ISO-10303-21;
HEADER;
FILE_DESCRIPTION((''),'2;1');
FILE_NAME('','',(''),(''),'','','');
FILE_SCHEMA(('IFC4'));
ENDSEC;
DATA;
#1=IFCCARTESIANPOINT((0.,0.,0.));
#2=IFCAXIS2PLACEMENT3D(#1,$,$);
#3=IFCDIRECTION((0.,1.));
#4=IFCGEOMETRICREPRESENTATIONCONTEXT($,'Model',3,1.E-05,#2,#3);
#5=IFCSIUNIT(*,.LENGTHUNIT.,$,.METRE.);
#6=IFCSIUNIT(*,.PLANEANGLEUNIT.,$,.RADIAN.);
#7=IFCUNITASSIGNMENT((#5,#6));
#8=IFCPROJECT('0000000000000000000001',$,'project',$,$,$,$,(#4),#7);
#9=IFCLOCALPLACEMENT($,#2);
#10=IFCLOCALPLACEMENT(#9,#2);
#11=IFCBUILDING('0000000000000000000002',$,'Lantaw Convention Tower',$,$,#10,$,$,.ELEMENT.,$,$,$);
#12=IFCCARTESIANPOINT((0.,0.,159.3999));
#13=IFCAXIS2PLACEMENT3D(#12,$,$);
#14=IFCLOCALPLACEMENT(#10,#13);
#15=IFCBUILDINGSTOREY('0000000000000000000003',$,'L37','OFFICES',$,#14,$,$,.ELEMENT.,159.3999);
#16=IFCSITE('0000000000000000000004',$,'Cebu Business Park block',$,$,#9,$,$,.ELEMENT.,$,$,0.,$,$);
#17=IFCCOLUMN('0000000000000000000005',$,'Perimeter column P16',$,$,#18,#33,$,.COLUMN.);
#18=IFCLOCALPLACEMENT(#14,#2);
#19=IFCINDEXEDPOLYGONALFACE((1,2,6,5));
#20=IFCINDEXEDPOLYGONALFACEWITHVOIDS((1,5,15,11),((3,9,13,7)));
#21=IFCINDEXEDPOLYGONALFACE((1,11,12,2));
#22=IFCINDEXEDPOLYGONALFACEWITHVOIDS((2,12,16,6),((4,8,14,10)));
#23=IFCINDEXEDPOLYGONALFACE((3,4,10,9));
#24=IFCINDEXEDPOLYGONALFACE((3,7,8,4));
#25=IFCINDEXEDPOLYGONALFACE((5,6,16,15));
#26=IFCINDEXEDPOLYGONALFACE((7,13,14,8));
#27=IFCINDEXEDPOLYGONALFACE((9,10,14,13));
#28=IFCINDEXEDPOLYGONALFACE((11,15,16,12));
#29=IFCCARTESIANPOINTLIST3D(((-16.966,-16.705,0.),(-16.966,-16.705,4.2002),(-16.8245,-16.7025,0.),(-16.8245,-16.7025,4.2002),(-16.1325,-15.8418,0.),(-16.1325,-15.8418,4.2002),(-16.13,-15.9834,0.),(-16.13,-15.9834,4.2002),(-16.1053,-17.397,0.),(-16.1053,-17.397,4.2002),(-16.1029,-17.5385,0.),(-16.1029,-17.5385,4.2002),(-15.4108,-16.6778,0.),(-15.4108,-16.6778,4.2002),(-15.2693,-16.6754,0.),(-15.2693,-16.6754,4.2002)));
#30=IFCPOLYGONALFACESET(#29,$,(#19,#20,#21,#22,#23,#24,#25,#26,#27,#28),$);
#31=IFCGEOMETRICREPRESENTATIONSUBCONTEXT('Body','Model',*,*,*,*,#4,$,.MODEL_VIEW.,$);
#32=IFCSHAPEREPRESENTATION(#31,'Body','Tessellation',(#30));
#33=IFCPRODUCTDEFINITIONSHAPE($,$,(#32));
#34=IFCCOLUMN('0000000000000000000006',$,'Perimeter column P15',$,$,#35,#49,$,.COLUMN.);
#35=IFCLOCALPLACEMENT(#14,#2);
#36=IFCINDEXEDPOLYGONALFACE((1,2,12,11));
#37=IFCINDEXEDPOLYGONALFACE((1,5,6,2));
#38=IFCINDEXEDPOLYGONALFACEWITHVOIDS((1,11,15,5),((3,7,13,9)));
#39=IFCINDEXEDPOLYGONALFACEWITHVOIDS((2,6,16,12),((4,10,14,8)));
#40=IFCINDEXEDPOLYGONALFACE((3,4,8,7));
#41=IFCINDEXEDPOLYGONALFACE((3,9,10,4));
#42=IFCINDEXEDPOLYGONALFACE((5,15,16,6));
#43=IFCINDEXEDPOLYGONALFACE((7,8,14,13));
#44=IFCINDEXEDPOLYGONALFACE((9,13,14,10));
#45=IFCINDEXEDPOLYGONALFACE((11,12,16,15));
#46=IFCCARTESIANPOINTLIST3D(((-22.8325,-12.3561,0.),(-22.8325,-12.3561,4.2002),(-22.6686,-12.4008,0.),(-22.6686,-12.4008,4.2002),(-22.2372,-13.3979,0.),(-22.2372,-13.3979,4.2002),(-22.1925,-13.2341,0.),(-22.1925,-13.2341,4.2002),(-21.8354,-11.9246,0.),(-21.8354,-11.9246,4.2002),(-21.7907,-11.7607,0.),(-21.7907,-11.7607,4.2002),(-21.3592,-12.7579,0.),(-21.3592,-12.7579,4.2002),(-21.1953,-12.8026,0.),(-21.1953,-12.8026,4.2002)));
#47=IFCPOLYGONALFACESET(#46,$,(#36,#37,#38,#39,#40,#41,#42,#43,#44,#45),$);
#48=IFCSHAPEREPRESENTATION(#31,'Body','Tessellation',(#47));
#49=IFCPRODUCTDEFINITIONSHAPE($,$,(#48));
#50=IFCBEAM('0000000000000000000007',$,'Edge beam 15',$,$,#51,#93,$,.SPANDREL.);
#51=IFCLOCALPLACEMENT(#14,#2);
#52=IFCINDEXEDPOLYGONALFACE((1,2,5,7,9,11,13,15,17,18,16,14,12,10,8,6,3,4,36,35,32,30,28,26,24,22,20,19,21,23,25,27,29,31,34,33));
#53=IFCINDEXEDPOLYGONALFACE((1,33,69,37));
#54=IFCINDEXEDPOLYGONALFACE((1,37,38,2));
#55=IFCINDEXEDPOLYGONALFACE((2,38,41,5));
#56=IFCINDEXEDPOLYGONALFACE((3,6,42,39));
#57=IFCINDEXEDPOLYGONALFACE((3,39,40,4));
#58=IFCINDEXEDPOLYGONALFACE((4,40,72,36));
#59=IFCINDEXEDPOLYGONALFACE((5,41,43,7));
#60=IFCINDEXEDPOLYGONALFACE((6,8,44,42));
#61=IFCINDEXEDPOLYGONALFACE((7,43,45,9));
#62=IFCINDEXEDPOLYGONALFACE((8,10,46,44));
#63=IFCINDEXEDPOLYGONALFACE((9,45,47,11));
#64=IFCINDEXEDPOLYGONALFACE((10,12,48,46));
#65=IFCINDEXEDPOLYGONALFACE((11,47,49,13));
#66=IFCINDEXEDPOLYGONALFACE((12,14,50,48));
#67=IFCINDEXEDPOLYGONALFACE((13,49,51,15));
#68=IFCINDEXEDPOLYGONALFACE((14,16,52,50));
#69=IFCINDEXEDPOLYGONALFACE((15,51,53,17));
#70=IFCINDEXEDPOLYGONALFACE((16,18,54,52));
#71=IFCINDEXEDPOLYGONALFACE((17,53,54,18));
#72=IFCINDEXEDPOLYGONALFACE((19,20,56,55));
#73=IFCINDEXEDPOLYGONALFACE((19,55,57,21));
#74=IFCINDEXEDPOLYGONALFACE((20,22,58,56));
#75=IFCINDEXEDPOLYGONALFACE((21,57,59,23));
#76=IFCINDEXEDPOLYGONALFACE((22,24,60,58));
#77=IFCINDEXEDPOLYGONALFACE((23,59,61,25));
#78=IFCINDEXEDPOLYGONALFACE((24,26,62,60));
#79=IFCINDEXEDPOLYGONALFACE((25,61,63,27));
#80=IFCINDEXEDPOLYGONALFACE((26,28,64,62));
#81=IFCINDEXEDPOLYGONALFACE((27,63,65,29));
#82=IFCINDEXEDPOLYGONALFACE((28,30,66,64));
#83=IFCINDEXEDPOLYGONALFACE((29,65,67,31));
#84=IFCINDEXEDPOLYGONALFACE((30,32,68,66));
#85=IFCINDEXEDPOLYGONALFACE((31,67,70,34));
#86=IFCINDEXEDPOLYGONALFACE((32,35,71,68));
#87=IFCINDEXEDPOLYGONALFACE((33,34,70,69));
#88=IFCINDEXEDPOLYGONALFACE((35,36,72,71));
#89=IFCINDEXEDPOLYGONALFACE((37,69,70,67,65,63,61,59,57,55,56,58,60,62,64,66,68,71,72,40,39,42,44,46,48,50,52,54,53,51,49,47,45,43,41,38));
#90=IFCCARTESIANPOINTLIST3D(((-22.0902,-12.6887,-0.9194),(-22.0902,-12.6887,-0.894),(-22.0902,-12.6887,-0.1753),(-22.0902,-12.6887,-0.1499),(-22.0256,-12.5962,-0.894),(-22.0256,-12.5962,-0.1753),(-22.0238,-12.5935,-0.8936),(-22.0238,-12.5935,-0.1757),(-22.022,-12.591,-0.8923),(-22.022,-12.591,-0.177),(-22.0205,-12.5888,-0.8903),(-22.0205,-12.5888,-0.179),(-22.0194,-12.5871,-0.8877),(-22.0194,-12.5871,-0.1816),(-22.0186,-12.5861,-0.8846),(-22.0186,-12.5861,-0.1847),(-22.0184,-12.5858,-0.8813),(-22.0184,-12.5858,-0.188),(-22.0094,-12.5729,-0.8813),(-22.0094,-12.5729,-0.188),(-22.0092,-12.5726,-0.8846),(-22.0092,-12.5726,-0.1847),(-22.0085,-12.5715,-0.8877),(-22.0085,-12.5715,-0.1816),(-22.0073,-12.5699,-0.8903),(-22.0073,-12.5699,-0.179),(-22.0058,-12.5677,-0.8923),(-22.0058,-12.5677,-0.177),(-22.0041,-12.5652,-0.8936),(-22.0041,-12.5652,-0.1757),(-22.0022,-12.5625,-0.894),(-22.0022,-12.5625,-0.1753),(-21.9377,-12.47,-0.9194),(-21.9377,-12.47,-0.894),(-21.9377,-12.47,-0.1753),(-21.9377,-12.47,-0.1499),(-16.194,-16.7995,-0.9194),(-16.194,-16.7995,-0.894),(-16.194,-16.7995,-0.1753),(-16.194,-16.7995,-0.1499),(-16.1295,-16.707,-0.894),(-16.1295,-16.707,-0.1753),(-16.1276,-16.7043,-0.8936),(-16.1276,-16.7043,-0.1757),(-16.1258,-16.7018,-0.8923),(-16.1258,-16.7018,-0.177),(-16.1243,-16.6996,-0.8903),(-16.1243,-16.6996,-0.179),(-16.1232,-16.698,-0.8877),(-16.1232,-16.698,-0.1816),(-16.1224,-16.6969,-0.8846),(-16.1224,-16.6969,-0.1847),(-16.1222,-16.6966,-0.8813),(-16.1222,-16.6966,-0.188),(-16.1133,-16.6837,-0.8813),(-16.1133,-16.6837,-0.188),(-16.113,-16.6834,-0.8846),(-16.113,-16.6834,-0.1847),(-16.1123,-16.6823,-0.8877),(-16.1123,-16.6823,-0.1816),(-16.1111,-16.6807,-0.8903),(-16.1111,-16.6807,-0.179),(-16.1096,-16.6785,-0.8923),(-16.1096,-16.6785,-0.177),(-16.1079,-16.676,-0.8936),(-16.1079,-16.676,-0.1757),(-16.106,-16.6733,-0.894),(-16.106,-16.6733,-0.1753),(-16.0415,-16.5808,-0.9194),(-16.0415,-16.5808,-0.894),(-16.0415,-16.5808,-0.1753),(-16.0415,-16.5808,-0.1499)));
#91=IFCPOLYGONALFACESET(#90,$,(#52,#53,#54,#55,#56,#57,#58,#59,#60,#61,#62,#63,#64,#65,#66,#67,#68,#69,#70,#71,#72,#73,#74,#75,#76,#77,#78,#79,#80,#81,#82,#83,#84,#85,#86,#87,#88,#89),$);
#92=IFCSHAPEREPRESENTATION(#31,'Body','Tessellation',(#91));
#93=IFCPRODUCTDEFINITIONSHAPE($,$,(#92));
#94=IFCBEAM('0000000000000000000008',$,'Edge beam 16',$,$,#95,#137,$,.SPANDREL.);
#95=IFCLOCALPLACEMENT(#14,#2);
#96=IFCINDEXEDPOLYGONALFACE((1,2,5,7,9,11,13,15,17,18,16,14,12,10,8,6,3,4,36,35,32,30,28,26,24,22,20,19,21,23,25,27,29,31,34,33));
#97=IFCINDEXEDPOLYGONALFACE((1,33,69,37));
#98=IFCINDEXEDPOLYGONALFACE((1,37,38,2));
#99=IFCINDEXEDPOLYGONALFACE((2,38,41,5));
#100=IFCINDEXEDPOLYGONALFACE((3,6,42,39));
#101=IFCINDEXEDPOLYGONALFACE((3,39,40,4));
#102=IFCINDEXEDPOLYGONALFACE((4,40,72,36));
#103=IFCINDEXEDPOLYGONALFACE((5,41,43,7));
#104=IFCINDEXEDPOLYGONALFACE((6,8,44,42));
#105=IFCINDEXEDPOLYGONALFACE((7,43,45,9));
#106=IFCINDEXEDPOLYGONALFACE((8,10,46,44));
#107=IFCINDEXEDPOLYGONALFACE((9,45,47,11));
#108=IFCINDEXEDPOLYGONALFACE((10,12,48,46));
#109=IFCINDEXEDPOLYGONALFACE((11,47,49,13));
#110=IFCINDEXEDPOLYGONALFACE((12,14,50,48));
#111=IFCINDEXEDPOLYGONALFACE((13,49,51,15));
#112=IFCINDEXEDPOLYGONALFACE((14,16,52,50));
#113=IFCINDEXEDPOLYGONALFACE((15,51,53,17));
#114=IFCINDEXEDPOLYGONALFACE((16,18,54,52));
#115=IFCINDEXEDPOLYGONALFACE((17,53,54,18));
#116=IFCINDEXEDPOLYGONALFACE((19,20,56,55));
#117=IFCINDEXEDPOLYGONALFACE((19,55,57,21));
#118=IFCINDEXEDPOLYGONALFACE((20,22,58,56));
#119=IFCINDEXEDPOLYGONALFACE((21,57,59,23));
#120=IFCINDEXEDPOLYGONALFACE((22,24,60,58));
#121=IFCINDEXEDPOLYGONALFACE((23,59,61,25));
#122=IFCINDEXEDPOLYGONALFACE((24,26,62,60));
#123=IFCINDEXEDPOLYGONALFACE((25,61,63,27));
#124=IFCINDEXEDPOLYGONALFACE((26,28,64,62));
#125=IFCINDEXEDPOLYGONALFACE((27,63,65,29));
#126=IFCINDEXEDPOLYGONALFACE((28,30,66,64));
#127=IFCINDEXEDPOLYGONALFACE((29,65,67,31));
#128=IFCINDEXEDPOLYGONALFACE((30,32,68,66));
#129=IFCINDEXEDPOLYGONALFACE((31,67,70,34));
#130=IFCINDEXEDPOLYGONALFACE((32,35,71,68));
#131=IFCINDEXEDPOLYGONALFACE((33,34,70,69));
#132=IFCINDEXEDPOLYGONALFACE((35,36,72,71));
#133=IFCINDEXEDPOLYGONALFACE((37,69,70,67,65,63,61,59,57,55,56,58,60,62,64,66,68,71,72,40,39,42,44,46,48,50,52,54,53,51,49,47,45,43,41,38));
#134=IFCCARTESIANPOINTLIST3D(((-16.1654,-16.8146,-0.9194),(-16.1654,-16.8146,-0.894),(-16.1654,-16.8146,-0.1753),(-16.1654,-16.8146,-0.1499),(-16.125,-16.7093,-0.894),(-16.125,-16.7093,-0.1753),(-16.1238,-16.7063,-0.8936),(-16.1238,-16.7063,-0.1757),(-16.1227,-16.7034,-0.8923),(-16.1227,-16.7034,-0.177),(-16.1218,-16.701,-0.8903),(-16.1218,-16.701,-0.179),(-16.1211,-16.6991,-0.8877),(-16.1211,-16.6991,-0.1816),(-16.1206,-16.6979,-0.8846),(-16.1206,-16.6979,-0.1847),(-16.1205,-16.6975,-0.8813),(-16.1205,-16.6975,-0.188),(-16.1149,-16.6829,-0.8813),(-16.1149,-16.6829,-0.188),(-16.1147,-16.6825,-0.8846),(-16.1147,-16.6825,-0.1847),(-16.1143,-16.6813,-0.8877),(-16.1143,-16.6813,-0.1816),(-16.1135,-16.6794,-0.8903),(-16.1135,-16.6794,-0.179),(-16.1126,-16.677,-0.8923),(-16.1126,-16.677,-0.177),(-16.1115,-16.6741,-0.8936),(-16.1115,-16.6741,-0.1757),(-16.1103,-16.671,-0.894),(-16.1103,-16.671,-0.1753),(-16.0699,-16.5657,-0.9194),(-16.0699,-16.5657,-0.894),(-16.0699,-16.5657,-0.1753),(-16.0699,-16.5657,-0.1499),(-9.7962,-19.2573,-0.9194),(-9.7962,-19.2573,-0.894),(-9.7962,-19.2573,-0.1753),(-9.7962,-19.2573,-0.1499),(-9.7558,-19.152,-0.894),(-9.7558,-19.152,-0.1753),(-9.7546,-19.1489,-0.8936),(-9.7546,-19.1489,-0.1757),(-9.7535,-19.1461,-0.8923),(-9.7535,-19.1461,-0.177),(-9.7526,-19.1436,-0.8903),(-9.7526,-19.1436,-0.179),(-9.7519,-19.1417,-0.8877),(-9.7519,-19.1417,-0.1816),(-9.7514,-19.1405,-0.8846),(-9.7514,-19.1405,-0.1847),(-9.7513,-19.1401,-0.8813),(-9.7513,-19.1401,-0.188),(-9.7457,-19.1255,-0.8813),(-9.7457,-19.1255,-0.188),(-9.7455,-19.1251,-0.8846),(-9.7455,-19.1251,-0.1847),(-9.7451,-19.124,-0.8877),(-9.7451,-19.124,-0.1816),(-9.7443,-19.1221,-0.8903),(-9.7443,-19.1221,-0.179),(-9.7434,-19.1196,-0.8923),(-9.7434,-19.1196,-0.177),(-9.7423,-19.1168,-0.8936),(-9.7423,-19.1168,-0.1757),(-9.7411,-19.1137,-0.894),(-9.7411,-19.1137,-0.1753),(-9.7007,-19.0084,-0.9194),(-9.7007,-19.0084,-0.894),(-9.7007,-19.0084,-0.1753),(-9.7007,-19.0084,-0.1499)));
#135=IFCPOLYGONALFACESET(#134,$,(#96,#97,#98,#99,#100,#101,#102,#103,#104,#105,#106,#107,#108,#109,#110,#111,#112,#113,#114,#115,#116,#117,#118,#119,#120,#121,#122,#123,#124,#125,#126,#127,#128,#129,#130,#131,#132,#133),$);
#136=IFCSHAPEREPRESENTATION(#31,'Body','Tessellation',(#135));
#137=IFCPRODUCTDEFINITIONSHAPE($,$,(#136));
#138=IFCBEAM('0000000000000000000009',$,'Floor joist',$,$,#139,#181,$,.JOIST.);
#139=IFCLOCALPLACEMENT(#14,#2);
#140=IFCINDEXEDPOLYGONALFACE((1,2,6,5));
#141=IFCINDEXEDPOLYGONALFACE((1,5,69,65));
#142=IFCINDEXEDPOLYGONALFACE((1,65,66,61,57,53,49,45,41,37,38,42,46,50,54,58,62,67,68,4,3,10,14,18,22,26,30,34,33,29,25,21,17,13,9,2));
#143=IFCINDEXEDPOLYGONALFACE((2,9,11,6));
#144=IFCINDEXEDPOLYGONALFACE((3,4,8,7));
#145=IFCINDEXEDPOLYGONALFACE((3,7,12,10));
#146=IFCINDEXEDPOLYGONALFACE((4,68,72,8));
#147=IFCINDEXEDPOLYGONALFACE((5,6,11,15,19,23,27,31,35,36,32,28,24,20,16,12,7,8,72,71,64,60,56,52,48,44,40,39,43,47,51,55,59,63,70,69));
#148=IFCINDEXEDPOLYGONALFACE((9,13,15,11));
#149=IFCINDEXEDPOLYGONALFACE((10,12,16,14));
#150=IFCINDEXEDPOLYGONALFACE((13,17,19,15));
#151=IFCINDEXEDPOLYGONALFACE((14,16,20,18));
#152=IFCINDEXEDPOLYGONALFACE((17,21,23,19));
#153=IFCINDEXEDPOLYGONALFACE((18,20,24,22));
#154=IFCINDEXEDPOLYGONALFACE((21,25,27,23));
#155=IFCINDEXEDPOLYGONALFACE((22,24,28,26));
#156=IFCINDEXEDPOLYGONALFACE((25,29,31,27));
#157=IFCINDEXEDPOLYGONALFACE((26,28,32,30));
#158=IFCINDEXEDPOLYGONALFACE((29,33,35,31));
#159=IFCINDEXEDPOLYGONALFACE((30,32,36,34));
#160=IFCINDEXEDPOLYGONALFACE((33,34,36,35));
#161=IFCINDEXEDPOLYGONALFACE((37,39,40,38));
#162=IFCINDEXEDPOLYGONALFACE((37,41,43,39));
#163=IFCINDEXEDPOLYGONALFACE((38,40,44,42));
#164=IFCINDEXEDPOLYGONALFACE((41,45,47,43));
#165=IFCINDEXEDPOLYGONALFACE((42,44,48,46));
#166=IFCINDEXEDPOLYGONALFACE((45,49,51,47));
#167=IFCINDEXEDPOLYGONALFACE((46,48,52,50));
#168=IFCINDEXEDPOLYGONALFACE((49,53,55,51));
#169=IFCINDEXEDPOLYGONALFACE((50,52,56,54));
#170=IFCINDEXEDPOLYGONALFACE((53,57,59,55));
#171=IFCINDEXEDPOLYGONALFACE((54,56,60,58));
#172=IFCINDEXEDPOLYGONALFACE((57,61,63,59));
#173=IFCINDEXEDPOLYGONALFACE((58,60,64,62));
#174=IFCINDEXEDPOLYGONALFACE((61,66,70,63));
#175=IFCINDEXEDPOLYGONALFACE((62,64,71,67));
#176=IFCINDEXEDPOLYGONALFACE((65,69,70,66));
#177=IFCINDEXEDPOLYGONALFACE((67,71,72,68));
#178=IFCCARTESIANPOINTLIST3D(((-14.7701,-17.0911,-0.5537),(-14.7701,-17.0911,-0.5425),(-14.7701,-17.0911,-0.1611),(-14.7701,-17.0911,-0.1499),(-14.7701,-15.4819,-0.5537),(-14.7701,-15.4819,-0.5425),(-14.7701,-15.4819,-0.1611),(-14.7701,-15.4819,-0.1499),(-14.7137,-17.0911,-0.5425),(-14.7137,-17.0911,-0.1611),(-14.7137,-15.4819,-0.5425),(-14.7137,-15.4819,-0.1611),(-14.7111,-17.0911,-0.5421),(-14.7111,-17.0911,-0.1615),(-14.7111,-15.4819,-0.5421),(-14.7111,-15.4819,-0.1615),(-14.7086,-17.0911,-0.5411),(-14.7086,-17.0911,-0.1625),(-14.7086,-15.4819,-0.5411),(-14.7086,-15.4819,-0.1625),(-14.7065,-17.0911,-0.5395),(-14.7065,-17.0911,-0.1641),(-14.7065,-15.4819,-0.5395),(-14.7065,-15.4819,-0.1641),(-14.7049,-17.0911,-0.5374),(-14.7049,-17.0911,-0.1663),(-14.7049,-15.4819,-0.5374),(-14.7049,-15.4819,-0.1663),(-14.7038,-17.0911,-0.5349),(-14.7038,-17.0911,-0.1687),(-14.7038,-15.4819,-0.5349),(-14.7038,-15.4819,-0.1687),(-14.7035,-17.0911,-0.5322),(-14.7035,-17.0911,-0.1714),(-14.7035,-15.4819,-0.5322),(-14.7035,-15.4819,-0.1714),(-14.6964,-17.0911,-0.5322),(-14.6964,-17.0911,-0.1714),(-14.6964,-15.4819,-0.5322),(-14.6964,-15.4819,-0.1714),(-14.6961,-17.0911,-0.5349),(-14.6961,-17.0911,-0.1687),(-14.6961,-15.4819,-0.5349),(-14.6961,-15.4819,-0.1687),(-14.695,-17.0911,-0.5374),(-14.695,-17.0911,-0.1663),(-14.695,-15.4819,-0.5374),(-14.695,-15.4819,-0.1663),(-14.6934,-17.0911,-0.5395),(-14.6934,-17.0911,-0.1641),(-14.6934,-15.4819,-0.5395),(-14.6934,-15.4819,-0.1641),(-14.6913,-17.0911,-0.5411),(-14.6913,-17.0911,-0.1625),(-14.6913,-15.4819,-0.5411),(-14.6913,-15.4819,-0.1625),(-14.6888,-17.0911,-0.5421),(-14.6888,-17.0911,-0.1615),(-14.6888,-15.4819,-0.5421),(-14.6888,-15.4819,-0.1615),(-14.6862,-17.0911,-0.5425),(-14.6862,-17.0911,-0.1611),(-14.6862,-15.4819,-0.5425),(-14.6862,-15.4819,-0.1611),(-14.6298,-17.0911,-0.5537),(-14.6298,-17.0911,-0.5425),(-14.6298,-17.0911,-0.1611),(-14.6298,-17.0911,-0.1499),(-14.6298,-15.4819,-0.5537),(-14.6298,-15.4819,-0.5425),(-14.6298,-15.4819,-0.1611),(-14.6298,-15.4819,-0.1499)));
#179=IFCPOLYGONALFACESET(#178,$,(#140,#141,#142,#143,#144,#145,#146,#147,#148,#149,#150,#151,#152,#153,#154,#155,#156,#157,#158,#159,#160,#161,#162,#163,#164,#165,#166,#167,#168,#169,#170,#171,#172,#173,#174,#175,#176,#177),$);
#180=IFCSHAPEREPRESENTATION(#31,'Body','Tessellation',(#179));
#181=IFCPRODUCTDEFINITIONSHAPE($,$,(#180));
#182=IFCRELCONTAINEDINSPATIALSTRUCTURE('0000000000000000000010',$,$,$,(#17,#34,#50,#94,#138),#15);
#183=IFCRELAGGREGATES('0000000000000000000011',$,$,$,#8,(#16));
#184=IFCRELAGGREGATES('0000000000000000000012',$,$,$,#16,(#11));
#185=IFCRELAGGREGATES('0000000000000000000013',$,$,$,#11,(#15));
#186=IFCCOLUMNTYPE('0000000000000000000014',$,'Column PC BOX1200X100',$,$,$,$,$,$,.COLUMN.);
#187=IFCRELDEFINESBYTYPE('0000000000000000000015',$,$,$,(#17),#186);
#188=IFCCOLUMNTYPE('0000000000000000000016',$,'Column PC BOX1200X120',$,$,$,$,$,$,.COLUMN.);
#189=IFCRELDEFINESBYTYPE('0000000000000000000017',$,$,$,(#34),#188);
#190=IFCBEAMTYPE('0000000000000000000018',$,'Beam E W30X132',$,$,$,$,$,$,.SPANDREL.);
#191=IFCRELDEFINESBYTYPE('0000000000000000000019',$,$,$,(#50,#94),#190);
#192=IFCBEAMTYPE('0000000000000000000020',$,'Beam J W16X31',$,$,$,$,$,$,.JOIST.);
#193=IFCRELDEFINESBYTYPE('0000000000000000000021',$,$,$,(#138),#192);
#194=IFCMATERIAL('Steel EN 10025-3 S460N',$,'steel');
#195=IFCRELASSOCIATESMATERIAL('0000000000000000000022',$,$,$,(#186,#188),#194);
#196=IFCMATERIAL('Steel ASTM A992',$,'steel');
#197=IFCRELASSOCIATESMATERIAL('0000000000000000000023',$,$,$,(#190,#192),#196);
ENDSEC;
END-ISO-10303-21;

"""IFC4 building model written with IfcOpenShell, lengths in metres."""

from ifc_helpers import new_model, si_unit, direction, frame, origin, origin_2d, place, context, subcontext, project, spatial, rectangle, hollow_rectangle, i_section, extrude, material, material_profile, profile_set, type_object, element, save


model = new_model("IFC4")

# Units and contexts
model_context = context("Model", 3, precision=1e-05, world=origin(), true_north=direction((0.0, 1.0)))
body_context = subcontext(model_context, "Body", "Model", "MODEL_VIEW")
ifc_project = project(units=[si_unit("LENGTHUNIT", "METRE"), si_unit("PLANEANGLEUNIT", "RADIAN")], contexts=[model_context])

# Site, building, storey
site_placement = place(None, origin())
site = spatial("IfcSite", under=ifc_project, at=site_placement, Name="Cebu Business Park block", CompositionType="ELEMENT", RefElevation=0.0)
building_placement = place(site_placement, origin())
building = spatial("IfcBuilding", under=site, at=building_placement, Name="Lantaw Convention Tower", CompositionType="ELEMENT")
storey_placement = place(building_placement, frame((0.0, 0.0, 159.3999)))
storey = spatial("IfcBuildingStorey", under=building, at=storey_placement, Name="L37", Description="OFFICES", CompositionType="ELEMENT", Elevation=159.3999)

# Columns
ifc_material_1 = material(Name="Steel EN 10025-3 S460N", Category="steel")
ifc_material_profile_1 = material_profile(ifc_material_1, hollow_rectangle(XDim=1.2, YDim=1.2, WallThickness=0.1001, at=origin_2d()), Name="BOX1200X100")
ifc_material_2 = material(Name="Concrete C60/75", Category="concrete")
ifc_material_profile_2 = material_profile(ifc_material_2, rectangle(XDim=1.0, YDim=1.0, at=origin_2d()), Name="Concrete fill of BOX1200X100")
ifc_profile_set_1 = profile_set([ifc_material_profile_1, ifc_material_profile_2], Name="Steel EN 10025-3 S460N")
column_type_1 = type_object("IfcColumnType", Name="Column PC BOX1200X100", PredefinedType="COLUMN", material=ifc_profile_set_1)
column_1_placement = place(storey_placement, frame((-16.1177, -16.6902, 0.0), z_axis=(0.0, 0.0, 1.0), x_axis=(0.694658, 0.71934, 0.0)))
element("IfcColumn", 1, at=column_1_placement, inside=storey, type_object=column_type_1, Name="Perimeter column P16", PredefinedType="COLUMN", context=body_context, shape_type="SweptSolid", body=[
    extrude(hollow_rectangle(XDim=1.2, YDim=1.2, WallThickness=0.1001, at=origin_2d()), origin(), (0.0, 0.0, 1.0), 4.2002),
])
ifc_material_profile_3 = material_profile(ifc_material_1, hollow_rectangle(XDim=1.2, YDim=1.2, WallThickness=0.1201, at=origin_2d()), Name="BOX1200X120")
ifc_material_profile_4 = material_profile(ifc_material_2, rectangle(XDim=0.96, YDim=0.96, at=origin_2d()), Name="Concrete fill of BOX1200X120")
ifc_profile_set_2 = profile_set([ifc_material_profile_3, ifc_material_profile_4], Name="Steel EN 10025-3 S460N")
column_type_2 = type_object("IfcColumnType", Name="Column PC BOX1200X120", PredefinedType="COLUMN", material=ifc_profile_set_2)
column_2_placement = place(storey_placement, frame((-22.0139, -12.5793, 0.0), z_axis=(0.0, 0.0, 1.0), x_axis=(0.868243, 0.496139, 0.0)))
element("IfcColumn", 2, at=column_2_placement, inside=storey, type_object=column_type_2, Name="Perimeter column P15", PredefinedType="COLUMN", context=body_context, shape_type="SweptSolid", body=[
    extrude(hollow_rectangle(XDim=1.2, YDim=1.2, WallThickness=0.1201, at=origin_2d()), origin(), (0.0, 0.0, 1.0), 4.2002),
])

# Beams
ifc_material_3 = material(Name="Steel ASTM A992", Category="steel")
ifc_material_profile_5 = material_profile(ifc_material_3, i_section(OverallWidth=0.2666, OverallDepth=0.7695, WebThickness=0.0156, FlangeThickness=0.0254, FilletRadius=0.0127, at=origin_2d()), Name="W30X132")
ifc_profile_set_3 = profile_set([ifc_material_profile_5], Name="Steel ASTM A992")
beam_type_1 = type_object("IfcBeamType", Name="Beam E W30X132", PredefinedType="SPANDREL", material=ifc_profile_set_3)
beam_1_placement = place(storey_placement, frame((-22.0139, -12.5793, -0.5347), z_axis=(0.820311, -0.571918, 0.0), x_axis=(0.571918, 0.820311, 0.0)))
element("IfcBeam", 3, at=beam_1_placement, inside=storey, type_object=beam_type_1, Name="Edge beam 15", PredefinedType="SPANDREL", context=body_context, shape_type="SweptSolid", body=[
    extrude(i_section(OverallWidth=0.2666, OverallDepth=0.7695, WebThickness=0.0156, FlangeThickness=0.0254, FilletRadius=0.0127, at=origin_2d()), origin(), (0.0, 0.0, 1.0), 7.1877),
])
beam_2_placement = place(storey_placement, frame((-16.1177, -16.6902, -0.5347), z_axis=(0.933691, -0.35808, 0.0), x_axis=(0.35808, 0.933691, 0.0)))
element("IfcBeam", 4, at=beam_2_placement, inside=storey, type_object=beam_type_1, Name="Edge beam 16", PredefinedType="SPANDREL", context=body_context, shape_type="SweptSolid", body=[
    extrude(i_section(OverallWidth=0.2666, OverallDepth=0.7695, WebThickness=0.0156, FlangeThickness=0.0254, FilletRadius=0.0127, at=origin_2d()), origin(), (0.0, 0.0, 1.0), 6.8215),
])
ifc_material_profile_6 = material_profile(ifc_material_3, i_section(OverallWidth=0.1404, OverallDepth=0.4038, WebThickness=0.0071, FlangeThickness=0.0112, FilletRadius=0.0103, at=origin_2d()), Name="W16X31")
ifc_profile_set_4 = profile_set([ifc_material_profile_6], Name="Steel ASTM A992")
beam_type_2 = type_object("IfcBeamType", Name="Beam J W16X31", PredefinedType="JOIST", material=ifc_profile_set_4)
beam_3_placement = place(storey_placement, frame((-14.7, -17.0911, -0.3518), z_axis=(0.0, 1.0, 0.0), x_axis=(-1.0, 0.0, 0.0)))
element("IfcBeam", 5, at=beam_3_placement, inside=storey, type_object=beam_type_2, Name="Floor joist", PredefinedType="JOIST", context=body_context, shape_type="SweptSolid", body=[
    extrude(i_section(OverallWidth=0.1404, OverallDepth=0.4038, WebThickness=0.0071, FlangeThickness=0.0112, FilletRadius=0.0103, at=origin_2d()), origin(), (0.0, 0.0, 1.0), 1.6091),
])

save(model, "model.ifc")
